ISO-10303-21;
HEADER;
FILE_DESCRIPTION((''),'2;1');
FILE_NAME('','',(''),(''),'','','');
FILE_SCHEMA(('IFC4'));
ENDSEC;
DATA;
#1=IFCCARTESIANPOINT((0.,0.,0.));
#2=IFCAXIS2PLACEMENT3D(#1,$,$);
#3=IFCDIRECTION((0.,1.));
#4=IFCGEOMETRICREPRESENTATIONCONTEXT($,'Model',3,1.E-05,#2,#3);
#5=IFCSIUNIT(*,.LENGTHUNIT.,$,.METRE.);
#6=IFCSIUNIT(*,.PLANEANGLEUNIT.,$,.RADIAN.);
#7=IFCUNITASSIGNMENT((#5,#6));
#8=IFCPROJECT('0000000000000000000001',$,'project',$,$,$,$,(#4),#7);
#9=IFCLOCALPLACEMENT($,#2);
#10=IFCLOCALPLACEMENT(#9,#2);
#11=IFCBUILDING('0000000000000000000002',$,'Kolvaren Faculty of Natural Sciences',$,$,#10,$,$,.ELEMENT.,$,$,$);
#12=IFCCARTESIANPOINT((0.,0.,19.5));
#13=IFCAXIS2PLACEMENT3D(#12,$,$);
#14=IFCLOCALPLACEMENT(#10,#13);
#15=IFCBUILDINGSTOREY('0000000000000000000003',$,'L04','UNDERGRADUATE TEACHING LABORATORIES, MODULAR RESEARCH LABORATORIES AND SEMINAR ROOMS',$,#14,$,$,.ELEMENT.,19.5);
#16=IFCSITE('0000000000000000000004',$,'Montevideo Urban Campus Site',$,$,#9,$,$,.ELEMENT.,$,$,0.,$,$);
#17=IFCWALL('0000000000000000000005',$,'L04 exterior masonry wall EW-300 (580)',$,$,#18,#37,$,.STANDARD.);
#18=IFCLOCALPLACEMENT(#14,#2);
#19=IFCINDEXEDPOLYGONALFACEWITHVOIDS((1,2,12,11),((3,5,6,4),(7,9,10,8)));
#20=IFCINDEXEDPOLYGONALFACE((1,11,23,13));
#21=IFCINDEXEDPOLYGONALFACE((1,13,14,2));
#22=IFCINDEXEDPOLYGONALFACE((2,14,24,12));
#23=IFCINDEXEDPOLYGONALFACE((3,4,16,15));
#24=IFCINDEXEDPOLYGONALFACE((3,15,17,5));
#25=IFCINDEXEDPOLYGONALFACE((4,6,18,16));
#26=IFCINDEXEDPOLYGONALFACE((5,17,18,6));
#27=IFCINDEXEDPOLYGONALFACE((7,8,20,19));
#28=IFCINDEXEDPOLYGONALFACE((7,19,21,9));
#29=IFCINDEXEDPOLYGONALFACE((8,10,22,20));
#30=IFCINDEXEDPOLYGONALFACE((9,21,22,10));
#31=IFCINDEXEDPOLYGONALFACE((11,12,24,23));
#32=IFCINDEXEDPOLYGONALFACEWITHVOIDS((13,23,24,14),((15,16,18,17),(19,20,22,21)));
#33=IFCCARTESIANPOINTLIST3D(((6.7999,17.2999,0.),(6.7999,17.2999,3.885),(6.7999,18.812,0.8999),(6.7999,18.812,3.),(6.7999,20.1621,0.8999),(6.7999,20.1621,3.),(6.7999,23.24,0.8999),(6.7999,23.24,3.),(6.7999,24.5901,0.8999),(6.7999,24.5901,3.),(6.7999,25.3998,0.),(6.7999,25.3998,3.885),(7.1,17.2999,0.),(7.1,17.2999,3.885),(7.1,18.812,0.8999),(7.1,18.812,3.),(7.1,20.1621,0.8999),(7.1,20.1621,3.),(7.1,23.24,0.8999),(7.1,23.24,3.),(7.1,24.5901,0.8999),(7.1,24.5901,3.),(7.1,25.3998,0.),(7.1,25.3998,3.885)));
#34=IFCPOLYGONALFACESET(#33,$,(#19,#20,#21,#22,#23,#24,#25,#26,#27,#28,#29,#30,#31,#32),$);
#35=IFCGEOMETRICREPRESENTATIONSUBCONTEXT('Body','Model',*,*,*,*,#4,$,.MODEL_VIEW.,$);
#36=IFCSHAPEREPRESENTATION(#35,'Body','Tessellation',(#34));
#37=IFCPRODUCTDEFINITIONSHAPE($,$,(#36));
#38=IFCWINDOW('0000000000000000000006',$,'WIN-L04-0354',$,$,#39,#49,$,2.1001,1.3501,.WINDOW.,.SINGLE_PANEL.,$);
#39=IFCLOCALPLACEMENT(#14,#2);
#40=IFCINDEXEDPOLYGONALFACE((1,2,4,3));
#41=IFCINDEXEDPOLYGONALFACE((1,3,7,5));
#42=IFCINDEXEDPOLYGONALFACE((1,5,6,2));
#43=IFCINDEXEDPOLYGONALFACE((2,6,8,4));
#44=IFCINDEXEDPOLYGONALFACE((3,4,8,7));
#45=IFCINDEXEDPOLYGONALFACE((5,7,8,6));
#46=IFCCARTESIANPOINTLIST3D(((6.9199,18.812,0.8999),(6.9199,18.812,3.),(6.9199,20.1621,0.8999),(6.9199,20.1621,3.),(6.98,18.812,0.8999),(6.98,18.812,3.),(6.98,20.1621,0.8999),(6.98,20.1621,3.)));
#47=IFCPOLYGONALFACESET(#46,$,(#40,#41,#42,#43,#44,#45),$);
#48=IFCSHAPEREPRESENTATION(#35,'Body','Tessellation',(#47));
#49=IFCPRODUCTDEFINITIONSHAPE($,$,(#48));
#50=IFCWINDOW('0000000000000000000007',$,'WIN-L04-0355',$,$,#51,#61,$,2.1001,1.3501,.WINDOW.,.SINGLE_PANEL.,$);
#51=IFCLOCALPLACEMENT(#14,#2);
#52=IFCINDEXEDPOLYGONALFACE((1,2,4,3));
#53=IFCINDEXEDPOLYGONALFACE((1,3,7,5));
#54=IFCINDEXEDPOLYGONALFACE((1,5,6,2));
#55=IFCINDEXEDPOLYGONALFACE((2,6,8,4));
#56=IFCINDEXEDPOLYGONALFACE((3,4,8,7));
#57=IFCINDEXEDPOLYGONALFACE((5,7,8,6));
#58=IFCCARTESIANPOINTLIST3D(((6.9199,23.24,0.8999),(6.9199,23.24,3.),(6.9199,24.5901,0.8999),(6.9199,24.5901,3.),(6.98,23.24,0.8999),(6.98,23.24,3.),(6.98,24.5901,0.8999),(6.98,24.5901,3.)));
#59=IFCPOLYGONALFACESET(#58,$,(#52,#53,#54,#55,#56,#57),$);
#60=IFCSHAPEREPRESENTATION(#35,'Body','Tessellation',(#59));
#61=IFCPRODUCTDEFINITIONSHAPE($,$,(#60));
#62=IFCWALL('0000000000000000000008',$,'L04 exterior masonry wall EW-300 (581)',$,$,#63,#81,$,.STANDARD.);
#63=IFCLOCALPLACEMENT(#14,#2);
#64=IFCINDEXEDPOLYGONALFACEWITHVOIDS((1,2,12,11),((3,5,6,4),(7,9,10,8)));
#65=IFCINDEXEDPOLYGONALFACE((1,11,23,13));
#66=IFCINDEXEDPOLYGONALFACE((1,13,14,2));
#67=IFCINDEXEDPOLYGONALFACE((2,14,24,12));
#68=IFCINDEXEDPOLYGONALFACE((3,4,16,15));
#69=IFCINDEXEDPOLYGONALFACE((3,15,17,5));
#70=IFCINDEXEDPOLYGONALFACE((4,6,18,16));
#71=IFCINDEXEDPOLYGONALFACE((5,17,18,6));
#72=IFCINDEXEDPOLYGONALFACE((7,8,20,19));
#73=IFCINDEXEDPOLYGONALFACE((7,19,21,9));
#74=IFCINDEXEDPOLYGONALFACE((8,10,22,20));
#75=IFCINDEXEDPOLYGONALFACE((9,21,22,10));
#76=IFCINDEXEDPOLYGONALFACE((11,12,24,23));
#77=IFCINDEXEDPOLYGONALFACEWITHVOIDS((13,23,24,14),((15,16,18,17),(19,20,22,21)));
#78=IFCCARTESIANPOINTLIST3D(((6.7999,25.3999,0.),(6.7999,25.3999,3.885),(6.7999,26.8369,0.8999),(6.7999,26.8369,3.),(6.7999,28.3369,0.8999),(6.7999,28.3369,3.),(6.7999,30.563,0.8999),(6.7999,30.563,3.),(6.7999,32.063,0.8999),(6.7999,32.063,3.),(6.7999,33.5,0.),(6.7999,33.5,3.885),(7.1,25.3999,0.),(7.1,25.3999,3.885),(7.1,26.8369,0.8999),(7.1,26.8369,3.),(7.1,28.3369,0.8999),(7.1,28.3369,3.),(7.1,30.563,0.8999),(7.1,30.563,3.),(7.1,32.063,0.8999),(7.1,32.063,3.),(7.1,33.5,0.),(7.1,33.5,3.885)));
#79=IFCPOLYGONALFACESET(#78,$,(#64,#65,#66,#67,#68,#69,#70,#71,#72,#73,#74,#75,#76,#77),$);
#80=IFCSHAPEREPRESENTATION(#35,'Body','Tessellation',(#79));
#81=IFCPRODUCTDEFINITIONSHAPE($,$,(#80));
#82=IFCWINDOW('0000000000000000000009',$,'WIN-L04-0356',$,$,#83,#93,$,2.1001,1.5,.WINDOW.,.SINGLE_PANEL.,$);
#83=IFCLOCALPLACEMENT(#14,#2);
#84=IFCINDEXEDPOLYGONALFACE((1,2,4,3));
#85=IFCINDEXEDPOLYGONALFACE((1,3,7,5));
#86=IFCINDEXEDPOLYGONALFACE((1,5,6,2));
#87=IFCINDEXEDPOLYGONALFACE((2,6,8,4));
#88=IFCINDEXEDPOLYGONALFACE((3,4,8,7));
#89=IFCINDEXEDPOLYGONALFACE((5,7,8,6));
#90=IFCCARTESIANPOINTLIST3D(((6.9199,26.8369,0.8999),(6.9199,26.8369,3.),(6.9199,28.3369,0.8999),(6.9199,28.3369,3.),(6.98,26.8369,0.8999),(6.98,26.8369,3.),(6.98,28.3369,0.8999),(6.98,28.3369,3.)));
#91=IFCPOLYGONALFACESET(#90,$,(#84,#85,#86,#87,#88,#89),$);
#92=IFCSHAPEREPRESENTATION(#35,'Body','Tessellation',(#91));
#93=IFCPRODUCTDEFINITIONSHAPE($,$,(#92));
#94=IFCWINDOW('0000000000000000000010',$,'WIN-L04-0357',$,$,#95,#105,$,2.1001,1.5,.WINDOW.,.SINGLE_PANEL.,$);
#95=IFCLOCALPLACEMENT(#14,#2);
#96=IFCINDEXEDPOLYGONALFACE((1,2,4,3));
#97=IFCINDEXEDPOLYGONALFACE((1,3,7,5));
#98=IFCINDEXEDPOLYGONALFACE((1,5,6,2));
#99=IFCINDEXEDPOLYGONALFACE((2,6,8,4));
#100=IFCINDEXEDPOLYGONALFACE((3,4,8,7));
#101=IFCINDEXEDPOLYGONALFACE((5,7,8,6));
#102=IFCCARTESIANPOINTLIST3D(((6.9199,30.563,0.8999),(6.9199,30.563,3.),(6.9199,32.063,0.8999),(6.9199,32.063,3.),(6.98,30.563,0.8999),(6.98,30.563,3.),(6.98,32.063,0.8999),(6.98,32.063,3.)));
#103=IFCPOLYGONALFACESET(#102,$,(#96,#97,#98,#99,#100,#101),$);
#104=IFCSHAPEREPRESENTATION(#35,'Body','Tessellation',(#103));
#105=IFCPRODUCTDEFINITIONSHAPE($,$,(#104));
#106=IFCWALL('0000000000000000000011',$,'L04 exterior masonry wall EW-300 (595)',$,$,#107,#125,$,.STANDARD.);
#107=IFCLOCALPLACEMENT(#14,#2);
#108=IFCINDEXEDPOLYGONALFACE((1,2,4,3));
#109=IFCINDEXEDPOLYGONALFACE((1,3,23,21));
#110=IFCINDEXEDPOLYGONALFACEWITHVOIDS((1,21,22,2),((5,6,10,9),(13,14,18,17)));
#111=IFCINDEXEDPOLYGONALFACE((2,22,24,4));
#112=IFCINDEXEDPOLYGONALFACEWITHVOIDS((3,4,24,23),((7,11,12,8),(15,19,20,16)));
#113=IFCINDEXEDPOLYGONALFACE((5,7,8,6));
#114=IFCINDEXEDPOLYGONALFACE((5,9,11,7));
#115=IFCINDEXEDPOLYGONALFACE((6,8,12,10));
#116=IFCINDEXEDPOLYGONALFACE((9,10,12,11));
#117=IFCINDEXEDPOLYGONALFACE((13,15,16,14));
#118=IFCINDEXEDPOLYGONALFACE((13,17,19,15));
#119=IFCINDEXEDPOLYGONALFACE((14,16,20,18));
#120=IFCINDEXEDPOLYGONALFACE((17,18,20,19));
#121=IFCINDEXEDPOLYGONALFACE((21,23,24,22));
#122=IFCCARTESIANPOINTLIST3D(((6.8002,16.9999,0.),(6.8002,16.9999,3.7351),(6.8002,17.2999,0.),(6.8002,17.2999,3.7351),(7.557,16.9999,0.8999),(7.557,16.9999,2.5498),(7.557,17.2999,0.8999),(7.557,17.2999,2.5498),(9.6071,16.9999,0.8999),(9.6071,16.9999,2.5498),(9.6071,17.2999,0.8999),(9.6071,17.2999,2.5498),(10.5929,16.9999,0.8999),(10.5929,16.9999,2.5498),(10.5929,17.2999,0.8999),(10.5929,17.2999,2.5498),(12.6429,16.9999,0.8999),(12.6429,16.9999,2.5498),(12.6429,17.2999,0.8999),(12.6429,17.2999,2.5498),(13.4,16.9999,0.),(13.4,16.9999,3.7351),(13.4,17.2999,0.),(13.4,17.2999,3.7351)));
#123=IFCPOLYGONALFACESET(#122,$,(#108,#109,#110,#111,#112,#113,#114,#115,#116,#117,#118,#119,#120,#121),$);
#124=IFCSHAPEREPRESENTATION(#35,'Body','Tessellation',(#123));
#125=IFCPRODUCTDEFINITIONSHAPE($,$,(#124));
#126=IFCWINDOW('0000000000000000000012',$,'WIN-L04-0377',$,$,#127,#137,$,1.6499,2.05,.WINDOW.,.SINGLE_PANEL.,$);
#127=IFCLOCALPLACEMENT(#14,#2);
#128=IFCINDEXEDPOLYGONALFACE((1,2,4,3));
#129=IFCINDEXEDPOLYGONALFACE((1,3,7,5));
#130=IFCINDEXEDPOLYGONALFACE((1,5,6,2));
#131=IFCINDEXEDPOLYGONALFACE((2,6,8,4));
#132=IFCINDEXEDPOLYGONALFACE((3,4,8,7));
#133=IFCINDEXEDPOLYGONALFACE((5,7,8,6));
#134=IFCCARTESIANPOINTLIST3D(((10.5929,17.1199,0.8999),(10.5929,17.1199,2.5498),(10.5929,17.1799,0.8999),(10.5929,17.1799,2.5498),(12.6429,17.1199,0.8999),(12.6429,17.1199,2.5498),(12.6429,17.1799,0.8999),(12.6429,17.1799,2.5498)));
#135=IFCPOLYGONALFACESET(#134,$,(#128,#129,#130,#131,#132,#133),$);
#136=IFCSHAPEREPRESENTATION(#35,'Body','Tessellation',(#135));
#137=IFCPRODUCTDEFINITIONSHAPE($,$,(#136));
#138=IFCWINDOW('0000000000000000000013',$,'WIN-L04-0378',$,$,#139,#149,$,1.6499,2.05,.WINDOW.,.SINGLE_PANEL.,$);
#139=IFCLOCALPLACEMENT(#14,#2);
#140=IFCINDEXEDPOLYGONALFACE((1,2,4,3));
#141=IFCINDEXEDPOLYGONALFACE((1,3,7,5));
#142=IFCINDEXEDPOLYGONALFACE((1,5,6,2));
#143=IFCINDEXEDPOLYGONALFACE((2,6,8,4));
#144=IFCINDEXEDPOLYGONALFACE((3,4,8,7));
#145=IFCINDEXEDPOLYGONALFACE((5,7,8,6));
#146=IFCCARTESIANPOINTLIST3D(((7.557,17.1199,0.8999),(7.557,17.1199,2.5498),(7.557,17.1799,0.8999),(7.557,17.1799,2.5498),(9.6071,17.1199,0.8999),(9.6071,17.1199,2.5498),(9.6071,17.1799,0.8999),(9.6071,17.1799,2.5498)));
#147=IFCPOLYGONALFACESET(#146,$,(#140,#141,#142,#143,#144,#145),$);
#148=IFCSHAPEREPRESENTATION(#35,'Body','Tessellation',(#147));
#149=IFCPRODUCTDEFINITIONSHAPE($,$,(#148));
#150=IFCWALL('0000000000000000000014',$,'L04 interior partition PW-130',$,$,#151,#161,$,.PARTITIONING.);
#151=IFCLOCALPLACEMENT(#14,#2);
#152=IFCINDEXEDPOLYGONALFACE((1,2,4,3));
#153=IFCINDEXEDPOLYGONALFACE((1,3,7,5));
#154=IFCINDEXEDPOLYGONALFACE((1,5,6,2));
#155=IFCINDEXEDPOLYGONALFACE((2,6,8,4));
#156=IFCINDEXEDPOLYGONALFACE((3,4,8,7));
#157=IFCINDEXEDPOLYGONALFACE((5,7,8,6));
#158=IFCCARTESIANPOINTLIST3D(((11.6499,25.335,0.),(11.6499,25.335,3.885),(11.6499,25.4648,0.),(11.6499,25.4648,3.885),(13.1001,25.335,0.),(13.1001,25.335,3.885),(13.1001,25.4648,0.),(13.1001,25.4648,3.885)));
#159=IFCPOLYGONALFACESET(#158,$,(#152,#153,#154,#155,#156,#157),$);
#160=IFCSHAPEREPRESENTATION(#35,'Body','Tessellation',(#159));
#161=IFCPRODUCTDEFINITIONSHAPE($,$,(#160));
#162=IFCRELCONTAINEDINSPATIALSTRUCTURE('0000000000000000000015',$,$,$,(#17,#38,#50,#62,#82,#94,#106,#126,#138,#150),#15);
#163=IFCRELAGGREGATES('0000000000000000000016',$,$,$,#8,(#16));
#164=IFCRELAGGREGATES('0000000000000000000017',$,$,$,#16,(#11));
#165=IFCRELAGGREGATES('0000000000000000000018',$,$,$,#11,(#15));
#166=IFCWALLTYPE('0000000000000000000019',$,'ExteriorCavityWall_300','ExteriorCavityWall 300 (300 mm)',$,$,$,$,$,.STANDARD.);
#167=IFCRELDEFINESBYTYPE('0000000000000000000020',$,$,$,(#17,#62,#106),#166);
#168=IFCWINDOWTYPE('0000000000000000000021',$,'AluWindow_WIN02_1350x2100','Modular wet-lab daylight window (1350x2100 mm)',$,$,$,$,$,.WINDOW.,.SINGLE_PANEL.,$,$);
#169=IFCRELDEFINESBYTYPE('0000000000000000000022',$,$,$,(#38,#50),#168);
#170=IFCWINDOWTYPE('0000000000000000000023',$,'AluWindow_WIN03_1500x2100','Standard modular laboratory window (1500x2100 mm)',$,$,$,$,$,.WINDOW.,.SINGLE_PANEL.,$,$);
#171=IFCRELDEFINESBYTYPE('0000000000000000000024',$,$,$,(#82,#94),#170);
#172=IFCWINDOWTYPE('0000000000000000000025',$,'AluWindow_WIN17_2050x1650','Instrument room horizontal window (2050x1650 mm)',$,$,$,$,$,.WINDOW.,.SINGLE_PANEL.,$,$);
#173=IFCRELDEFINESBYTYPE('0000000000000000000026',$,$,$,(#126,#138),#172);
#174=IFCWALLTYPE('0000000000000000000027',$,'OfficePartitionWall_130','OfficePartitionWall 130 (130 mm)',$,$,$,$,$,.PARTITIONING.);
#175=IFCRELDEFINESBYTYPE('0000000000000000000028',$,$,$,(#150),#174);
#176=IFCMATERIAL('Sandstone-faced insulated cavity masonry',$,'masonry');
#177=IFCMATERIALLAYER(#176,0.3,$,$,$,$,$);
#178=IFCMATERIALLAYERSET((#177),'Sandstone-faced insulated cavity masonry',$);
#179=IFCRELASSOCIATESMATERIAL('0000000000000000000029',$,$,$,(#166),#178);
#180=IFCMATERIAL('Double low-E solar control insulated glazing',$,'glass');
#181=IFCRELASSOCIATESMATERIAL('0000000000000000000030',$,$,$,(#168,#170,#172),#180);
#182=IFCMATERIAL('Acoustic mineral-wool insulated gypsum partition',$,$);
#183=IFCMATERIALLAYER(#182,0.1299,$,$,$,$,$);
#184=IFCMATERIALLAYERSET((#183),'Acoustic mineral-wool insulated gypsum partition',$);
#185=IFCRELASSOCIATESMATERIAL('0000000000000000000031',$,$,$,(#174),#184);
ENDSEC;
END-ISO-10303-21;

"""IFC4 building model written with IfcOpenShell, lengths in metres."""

from ifc_helpers import new_model, si_unit, direction, frame, frame_2d, origin, place, context, subcontext, project, spatial, rectangle, extrude, material, layer, layer_set, type_object, element, fill, save


model = new_model("IFC4")

# Units and contexts
model_context = context("Model", 3, precision=1e-05, world=origin(), true_north=direction((0.0, 1.0)))
body_context = subcontext(model_context, "Body", "Model", "MODEL_VIEW")
ifc_project = project(units=[si_unit("LENGTHUNIT", "METRE"), si_unit("PLANEANGLEUNIT", "RADIAN")], contexts=[model_context])

# Site, building, storey
site_placement = place(None, origin())
site = spatial("IfcSite", under=ifc_project, at=site_placement, Name="Montevideo Urban Campus Site", CompositionType="ELEMENT", RefElevation=0.0)
building_placement = place(site_placement, origin())
building = spatial("IfcBuilding", under=site, at=building_placement, Name="Kolvaren Faculty of Natural Sciences", CompositionType="ELEMENT")
storey_placement = place(building_placement, frame((0.0, 0.0, 19.5)))
storey = spatial("IfcBuildingStorey", under=building, at=storey_placement, Name="L04", Description="UNDERGRADUATE TEACHING LABORATORIES, MODULAR RESEARCH LABORATORIES AND SEMINAR ROOMS", CompositionType="ELEMENT", Elevation=19.5)

# Shared definitions
ifc_material_1 = material(Name="Acoustic mineral-wool insulated gypsum partition")

# Walls, openings, windows
ifc_material_2 = material(Name="Sandstone-faced insulated cavity masonry", Category="masonry")
ifc_layer_1 = layer(ifc_material_2, 0.3)
ifc_layer_set_1 = layer_set([ifc_layer_1], Name="Sandstone-faced insulated cavity masonry")
wall_type_1 = type_object("IfcWallType", Name="ExteriorCavityWall_300", Description="ExteriorCavityWall 300 (300 mm)", PredefinedType="STANDARD", material=ifc_layer_set_1)
wall_1_placement = place(storey_placement, frame((6.95, 17.3, 0.0), z_axis=(0.0, 0.0, 1.0), x_axis=(0.0, 1.0, 0.0)))
wall_1 = element("IfcWall", 1, at=wall_1_placement, inside=storey, type_object=wall_type_1, Name="L04 exterior masonry wall EW-300 (580)", PredefinedType="STANDARD", context=body_context, shape_type="SweptSolid", body=[
    extrude(rectangle(XDim=8.0999, YDim=0.3, at=frame_2d((4.0498, 0.0))), origin(), (0.0, 0.0, 1.0), 3.885),
])
opening_1_placement = place(wall_1_placement, frame((1.512, 0.0, 0.8999)))
opening_1 = element("IfcOpeningElement", 2, at=opening_1_placement, cuts=wall_1, PredefinedType="OPENING", context=body_context, shape_type="SweptSolid", body=[
    extrude(rectangle(XDim=1.3501, YDim=2.1001, at=frame_2d((0.675, 1.05))), frame((0.0, 0.1599, 0.0), z_axis=(0.0, -1.0, 0.0), x_axis=(1.0, 0.0, 0.0)), (0.0, 0.0, 1.0), 0.3201),
])
opening_2_placement = place(wall_1_placement, frame((5.9399, 0.0, 0.8999)))
opening_2 = element("IfcOpeningElement", 3, at=opening_2_placement, cuts=wall_1, PredefinedType="OPENING", context=body_context, shape_type="SweptSolid", body=[
    extrude(rectangle(XDim=1.3501, YDim=2.1001, at=frame_2d((0.675, 1.05))), frame((0.0, 0.1599, 0.0), z_axis=(0.0, -1.0, 0.0), x_axis=(1.0, 0.0, 0.0)), (0.0, 0.0, 1.0), 0.3201),
])
ifc_material_3 = material(Name="Double low-E solar control insulated glazing", Category="glass")
window_type_1 = type_object("IfcWindowType", Name="AluWindow_WIN02_1350x2100", Description="Modular wet-lab daylight window (1350x2100 mm)", PartitioningType="SINGLE_PANEL", PredefinedType="WINDOW", material=ifc_material_3)
window_1_placement = place(opening_1_placement, origin())
window_1 = element("IfcWindow", 4, at=window_1_placement, inside=storey, type_object=window_type_1, Name="WIN-L04-0354", OverallHeight=2.1001, OverallWidth=1.3501, PartitioningType="SINGLE_PANEL", PredefinedType="WINDOW", context=body_context, shape_type="SweptSolid", body=[
    extrude(rectangle(XDim=1.3501, YDim=2.1001, at=frame_2d((0.675, 1.05))), frame((0.0, 0.03, 0.0), z_axis=(0.0, -1.0, 0.0), x_axis=(1.0, 0.0, 0.0)), (0.0, 0.0, 1.0), 0.0601),
])
fill(opening_1, window_1)
window_2_placement = place(opening_2_placement, origin())
window_2 = element("IfcWindow", 5, at=window_2_placement, inside=storey, type_object=window_type_1, Name="WIN-L04-0355", OverallHeight=2.1001, OverallWidth=1.3501, PartitioningType="SINGLE_PANEL", PredefinedType="WINDOW", context=body_context, shape_type="SweptSolid", body=[
    extrude(rectangle(XDim=1.3501, YDim=2.1001, at=frame_2d((0.675, 1.05))), frame((0.0, 0.03, 0.0), z_axis=(0.0, -1.0, 0.0), x_axis=(1.0, 0.0, 0.0)), (0.0, 0.0, 1.0), 0.0601),
])
fill(opening_2, window_2)
wall_2_placement = place(storey_placement, frame((6.95, 25.3999, 0.0), z_axis=(0.0, 0.0, 1.0), x_axis=(0.0, 1.0, 0.0)))
wall_2 = element("IfcWall", 6, at=wall_2_placement, inside=storey, type_object=wall_type_1, Name="L04 exterior masonry wall EW-300 (581)", PredefinedType="STANDARD", context=body_context, shape_type="SweptSolid", body=[
    extrude(rectangle(XDim=8.1001, YDim=0.3, at=frame_2d((4.05, 0.0))), origin(), (0.0, 0.0, 1.0), 3.885),
])
opening_3_placement = place(wall_2_placement, frame((1.437, 0.0, 0.8999)))
opening_3 = element("IfcOpeningElement", 7, at=opening_3_placement, cuts=wall_2, PredefinedType="OPENING", context=body_context, shape_type="SweptSolid", body=[
    extrude(rectangle(XDim=1.5, YDim=2.1001, at=frame_2d((0.75, 1.05))), frame((0.0, 0.1599, 0.0), z_axis=(0.0, -1.0, 0.0), x_axis=(1.0, 0.0, 0.0)), (0.0, 0.0, 1.0), 0.3201),
])
opening_4_placement = place(wall_2_placement, frame((5.1631, 0.0, 0.8999)))
opening_4 = element("IfcOpeningElement", 8, at=opening_4_placement, cuts=wall_2, PredefinedType="OPENING", context=body_context, shape_type="SweptSolid", body=[
    extrude(rectangle(XDim=1.5, YDim=2.1001, at=frame_2d((0.75, 1.05))), frame((0.0, 0.1599, 0.0), z_axis=(0.0, -1.0, 0.0), x_axis=(1.0, 0.0, 0.0)), (0.0, 0.0, 1.0), 0.3201),
])
window_type_2 = type_object("IfcWindowType", Name="AluWindow_WIN03_1500x2100", Description="Standard modular laboratory window (1500x2100 mm)", PartitioningType="SINGLE_PANEL", PredefinedType="WINDOW", material=ifc_material_3)
window_3_placement = place(opening_3_placement, origin())
window_3 = element("IfcWindow", 9, at=window_3_placement, inside=storey, type_object=window_type_2, Name="WIN-L04-0356", OverallHeight=2.1001, OverallWidth=1.5, PartitioningType="SINGLE_PANEL", PredefinedType="WINDOW", context=body_context, shape_type="SweptSolid", body=[
    extrude(rectangle(XDim=1.5, YDim=2.1001, at=frame_2d((0.75, 1.05))), frame((0.0, 0.03, 0.0), z_axis=(0.0, -1.0, 0.0), x_axis=(1.0, 0.0, 0.0)), (0.0, 0.0, 1.0), 0.0601),
])
fill(opening_3, window_3)
window_4_placement = place(opening_4_placement, origin())
window_4 = element("IfcWindow", 10, at=window_4_placement, inside=storey, type_object=window_type_2, Name="WIN-L04-0357", OverallHeight=2.1001, OverallWidth=1.5, PartitioningType="SINGLE_PANEL", PredefinedType="WINDOW", context=body_context, shape_type="SweptSolid", body=[
    extrude(rectangle(XDim=1.5, YDim=2.1001, at=frame_2d((0.75, 1.05))), frame((0.0, 0.03, 0.0), z_axis=(0.0, -1.0, 0.0), x_axis=(1.0, 0.0, 0.0)), (0.0, 0.0, 1.0), 0.0601),
])
fill(opening_4, window_4)
wall_3_placement = place(storey_placement, frame((13.3999, 17.1499, 0.0), z_axis=(0.0, 0.0, 1.0), x_axis=(-1.0, 0.0, 0.0)))
wall_3 = element("IfcWall", 11, at=wall_3_placement, inside=storey, type_object=wall_type_1, Name="L04 exterior masonry wall EW-300 (595)", PredefinedType="STANDARD", context=body_context, shape_type="SweptSolid", body=[
    extrude(rectangle(XDim=6.5999, YDim=0.3, at=frame_2d((3.2998, 0.0))), origin(), (0.0, 0.0, 1.0), 3.7351),
])
opening_5_placement = place(wall_3_placement, frame((0.7571, 0.0, 0.8999)))
opening_5 = element("IfcOpeningElement", 12, at=opening_5_placement, cuts=wall_3, PredefinedType="OPENING", context=body_context, shape_type="SweptSolid", body=[
    extrude(rectangle(XDim=2.05, YDim=1.6499, at=frame_2d((1.0249, 0.825))), frame((0.0, 0.1599, 0.0), z_axis=(0.0, -1.0, 0.0), x_axis=(1.0, 0.0, 0.0)), (0.0, 0.0, 1.0), 0.3201),
])
opening_6_placement = place(wall_3_placement, frame((3.793, 0.0, 0.8999)))
opening_6 = element("IfcOpeningElement", 13, at=opening_6_placement, cuts=wall_3, PredefinedType="OPENING", context=body_context, shape_type="SweptSolid", body=[
    extrude(rectangle(XDim=2.05, YDim=1.6499, at=frame_2d((1.0249, 0.825))), frame((0.0, 0.1599, 0.0), z_axis=(0.0, -1.0, 0.0), x_axis=(1.0, 0.0, 0.0)), (0.0, 0.0, 1.0), 0.3201),
])
window_type_3 = type_object("IfcWindowType", Name="AluWindow_WIN17_2050x1650", Description="Instrument room horizontal window (2050x1650 mm)", PartitioningType="SINGLE_PANEL", PredefinedType="WINDOW", material=ifc_material_3)
window_5_placement = place(opening_5_placement, origin())
window_5 = element("IfcWindow", 14, at=window_5_placement, inside=storey, type_object=window_type_3, Name="WIN-L04-0377", OverallHeight=1.6499, OverallWidth=2.05, PartitioningType="SINGLE_PANEL", PredefinedType="WINDOW", context=body_context, shape_type="SweptSolid", body=[
    extrude(rectangle(XDim=2.05, YDim=1.6499, at=frame_2d((1.0249, 0.825))), frame((0.0, 0.03, 0.0), z_axis=(0.0, -1.0, 0.0), x_axis=(1.0, 0.0, 0.0)), (0.0, 0.0, 1.0), 0.0601),
])
fill(opening_5, window_5)
window_6_placement = place(opening_6_placement, origin())
window_6 = element("IfcWindow", 15, at=window_6_placement, inside=storey, type_object=window_type_3, Name="WIN-L04-0378", OverallHeight=1.6499, OverallWidth=2.05, PartitioningType="SINGLE_PANEL", PredefinedType="WINDOW", context=body_context, shape_type="SweptSolid", body=[
    extrude(rectangle(XDim=2.05, YDim=1.6499, at=frame_2d((1.0249, 0.825))), frame((0.0, 0.03, 0.0), z_axis=(0.0, -1.0, 0.0), x_axis=(1.0, 0.0, 0.0)), (0.0, 0.0, 1.0), 0.0601),
])
fill(opening_6, window_6)

# Wall
ifc_layer_2 = layer(ifc_material_1, 0.1299)
ifc_layer_set_2 = layer_set([ifc_layer_2], Name="Acoustic mineral-wool insulated gypsum partition")
wall_type_2 = type_object("IfcWallType", Name="OfficePartitionWall_130", Description="OfficePartitionWall 130 (130 mm)", PredefinedType="PARTITIONING", material=ifc_layer_set_2)
wall_4_placement = place(storey_placement, frame((13.1001, 25.3999, 0.0), z_axis=(0.0, 0.0, 1.0), x_axis=(-1.0, 0.0, 0.0)))
element("IfcWall", 16, at=wall_4_placement, inside=storey, type_object=wall_type_2, Name="L04 interior partition PW-130", PredefinedType="PARTITIONING", context=body_context, shape_type="SweptSolid", body=[
    extrude(rectangle(XDim=1.4502, YDim=0.1299, at=frame_2d((0.7251, 0.0))), origin(), (0.0, 0.0, 1.0), 3.885),
])

save(model, "model.ifc")
